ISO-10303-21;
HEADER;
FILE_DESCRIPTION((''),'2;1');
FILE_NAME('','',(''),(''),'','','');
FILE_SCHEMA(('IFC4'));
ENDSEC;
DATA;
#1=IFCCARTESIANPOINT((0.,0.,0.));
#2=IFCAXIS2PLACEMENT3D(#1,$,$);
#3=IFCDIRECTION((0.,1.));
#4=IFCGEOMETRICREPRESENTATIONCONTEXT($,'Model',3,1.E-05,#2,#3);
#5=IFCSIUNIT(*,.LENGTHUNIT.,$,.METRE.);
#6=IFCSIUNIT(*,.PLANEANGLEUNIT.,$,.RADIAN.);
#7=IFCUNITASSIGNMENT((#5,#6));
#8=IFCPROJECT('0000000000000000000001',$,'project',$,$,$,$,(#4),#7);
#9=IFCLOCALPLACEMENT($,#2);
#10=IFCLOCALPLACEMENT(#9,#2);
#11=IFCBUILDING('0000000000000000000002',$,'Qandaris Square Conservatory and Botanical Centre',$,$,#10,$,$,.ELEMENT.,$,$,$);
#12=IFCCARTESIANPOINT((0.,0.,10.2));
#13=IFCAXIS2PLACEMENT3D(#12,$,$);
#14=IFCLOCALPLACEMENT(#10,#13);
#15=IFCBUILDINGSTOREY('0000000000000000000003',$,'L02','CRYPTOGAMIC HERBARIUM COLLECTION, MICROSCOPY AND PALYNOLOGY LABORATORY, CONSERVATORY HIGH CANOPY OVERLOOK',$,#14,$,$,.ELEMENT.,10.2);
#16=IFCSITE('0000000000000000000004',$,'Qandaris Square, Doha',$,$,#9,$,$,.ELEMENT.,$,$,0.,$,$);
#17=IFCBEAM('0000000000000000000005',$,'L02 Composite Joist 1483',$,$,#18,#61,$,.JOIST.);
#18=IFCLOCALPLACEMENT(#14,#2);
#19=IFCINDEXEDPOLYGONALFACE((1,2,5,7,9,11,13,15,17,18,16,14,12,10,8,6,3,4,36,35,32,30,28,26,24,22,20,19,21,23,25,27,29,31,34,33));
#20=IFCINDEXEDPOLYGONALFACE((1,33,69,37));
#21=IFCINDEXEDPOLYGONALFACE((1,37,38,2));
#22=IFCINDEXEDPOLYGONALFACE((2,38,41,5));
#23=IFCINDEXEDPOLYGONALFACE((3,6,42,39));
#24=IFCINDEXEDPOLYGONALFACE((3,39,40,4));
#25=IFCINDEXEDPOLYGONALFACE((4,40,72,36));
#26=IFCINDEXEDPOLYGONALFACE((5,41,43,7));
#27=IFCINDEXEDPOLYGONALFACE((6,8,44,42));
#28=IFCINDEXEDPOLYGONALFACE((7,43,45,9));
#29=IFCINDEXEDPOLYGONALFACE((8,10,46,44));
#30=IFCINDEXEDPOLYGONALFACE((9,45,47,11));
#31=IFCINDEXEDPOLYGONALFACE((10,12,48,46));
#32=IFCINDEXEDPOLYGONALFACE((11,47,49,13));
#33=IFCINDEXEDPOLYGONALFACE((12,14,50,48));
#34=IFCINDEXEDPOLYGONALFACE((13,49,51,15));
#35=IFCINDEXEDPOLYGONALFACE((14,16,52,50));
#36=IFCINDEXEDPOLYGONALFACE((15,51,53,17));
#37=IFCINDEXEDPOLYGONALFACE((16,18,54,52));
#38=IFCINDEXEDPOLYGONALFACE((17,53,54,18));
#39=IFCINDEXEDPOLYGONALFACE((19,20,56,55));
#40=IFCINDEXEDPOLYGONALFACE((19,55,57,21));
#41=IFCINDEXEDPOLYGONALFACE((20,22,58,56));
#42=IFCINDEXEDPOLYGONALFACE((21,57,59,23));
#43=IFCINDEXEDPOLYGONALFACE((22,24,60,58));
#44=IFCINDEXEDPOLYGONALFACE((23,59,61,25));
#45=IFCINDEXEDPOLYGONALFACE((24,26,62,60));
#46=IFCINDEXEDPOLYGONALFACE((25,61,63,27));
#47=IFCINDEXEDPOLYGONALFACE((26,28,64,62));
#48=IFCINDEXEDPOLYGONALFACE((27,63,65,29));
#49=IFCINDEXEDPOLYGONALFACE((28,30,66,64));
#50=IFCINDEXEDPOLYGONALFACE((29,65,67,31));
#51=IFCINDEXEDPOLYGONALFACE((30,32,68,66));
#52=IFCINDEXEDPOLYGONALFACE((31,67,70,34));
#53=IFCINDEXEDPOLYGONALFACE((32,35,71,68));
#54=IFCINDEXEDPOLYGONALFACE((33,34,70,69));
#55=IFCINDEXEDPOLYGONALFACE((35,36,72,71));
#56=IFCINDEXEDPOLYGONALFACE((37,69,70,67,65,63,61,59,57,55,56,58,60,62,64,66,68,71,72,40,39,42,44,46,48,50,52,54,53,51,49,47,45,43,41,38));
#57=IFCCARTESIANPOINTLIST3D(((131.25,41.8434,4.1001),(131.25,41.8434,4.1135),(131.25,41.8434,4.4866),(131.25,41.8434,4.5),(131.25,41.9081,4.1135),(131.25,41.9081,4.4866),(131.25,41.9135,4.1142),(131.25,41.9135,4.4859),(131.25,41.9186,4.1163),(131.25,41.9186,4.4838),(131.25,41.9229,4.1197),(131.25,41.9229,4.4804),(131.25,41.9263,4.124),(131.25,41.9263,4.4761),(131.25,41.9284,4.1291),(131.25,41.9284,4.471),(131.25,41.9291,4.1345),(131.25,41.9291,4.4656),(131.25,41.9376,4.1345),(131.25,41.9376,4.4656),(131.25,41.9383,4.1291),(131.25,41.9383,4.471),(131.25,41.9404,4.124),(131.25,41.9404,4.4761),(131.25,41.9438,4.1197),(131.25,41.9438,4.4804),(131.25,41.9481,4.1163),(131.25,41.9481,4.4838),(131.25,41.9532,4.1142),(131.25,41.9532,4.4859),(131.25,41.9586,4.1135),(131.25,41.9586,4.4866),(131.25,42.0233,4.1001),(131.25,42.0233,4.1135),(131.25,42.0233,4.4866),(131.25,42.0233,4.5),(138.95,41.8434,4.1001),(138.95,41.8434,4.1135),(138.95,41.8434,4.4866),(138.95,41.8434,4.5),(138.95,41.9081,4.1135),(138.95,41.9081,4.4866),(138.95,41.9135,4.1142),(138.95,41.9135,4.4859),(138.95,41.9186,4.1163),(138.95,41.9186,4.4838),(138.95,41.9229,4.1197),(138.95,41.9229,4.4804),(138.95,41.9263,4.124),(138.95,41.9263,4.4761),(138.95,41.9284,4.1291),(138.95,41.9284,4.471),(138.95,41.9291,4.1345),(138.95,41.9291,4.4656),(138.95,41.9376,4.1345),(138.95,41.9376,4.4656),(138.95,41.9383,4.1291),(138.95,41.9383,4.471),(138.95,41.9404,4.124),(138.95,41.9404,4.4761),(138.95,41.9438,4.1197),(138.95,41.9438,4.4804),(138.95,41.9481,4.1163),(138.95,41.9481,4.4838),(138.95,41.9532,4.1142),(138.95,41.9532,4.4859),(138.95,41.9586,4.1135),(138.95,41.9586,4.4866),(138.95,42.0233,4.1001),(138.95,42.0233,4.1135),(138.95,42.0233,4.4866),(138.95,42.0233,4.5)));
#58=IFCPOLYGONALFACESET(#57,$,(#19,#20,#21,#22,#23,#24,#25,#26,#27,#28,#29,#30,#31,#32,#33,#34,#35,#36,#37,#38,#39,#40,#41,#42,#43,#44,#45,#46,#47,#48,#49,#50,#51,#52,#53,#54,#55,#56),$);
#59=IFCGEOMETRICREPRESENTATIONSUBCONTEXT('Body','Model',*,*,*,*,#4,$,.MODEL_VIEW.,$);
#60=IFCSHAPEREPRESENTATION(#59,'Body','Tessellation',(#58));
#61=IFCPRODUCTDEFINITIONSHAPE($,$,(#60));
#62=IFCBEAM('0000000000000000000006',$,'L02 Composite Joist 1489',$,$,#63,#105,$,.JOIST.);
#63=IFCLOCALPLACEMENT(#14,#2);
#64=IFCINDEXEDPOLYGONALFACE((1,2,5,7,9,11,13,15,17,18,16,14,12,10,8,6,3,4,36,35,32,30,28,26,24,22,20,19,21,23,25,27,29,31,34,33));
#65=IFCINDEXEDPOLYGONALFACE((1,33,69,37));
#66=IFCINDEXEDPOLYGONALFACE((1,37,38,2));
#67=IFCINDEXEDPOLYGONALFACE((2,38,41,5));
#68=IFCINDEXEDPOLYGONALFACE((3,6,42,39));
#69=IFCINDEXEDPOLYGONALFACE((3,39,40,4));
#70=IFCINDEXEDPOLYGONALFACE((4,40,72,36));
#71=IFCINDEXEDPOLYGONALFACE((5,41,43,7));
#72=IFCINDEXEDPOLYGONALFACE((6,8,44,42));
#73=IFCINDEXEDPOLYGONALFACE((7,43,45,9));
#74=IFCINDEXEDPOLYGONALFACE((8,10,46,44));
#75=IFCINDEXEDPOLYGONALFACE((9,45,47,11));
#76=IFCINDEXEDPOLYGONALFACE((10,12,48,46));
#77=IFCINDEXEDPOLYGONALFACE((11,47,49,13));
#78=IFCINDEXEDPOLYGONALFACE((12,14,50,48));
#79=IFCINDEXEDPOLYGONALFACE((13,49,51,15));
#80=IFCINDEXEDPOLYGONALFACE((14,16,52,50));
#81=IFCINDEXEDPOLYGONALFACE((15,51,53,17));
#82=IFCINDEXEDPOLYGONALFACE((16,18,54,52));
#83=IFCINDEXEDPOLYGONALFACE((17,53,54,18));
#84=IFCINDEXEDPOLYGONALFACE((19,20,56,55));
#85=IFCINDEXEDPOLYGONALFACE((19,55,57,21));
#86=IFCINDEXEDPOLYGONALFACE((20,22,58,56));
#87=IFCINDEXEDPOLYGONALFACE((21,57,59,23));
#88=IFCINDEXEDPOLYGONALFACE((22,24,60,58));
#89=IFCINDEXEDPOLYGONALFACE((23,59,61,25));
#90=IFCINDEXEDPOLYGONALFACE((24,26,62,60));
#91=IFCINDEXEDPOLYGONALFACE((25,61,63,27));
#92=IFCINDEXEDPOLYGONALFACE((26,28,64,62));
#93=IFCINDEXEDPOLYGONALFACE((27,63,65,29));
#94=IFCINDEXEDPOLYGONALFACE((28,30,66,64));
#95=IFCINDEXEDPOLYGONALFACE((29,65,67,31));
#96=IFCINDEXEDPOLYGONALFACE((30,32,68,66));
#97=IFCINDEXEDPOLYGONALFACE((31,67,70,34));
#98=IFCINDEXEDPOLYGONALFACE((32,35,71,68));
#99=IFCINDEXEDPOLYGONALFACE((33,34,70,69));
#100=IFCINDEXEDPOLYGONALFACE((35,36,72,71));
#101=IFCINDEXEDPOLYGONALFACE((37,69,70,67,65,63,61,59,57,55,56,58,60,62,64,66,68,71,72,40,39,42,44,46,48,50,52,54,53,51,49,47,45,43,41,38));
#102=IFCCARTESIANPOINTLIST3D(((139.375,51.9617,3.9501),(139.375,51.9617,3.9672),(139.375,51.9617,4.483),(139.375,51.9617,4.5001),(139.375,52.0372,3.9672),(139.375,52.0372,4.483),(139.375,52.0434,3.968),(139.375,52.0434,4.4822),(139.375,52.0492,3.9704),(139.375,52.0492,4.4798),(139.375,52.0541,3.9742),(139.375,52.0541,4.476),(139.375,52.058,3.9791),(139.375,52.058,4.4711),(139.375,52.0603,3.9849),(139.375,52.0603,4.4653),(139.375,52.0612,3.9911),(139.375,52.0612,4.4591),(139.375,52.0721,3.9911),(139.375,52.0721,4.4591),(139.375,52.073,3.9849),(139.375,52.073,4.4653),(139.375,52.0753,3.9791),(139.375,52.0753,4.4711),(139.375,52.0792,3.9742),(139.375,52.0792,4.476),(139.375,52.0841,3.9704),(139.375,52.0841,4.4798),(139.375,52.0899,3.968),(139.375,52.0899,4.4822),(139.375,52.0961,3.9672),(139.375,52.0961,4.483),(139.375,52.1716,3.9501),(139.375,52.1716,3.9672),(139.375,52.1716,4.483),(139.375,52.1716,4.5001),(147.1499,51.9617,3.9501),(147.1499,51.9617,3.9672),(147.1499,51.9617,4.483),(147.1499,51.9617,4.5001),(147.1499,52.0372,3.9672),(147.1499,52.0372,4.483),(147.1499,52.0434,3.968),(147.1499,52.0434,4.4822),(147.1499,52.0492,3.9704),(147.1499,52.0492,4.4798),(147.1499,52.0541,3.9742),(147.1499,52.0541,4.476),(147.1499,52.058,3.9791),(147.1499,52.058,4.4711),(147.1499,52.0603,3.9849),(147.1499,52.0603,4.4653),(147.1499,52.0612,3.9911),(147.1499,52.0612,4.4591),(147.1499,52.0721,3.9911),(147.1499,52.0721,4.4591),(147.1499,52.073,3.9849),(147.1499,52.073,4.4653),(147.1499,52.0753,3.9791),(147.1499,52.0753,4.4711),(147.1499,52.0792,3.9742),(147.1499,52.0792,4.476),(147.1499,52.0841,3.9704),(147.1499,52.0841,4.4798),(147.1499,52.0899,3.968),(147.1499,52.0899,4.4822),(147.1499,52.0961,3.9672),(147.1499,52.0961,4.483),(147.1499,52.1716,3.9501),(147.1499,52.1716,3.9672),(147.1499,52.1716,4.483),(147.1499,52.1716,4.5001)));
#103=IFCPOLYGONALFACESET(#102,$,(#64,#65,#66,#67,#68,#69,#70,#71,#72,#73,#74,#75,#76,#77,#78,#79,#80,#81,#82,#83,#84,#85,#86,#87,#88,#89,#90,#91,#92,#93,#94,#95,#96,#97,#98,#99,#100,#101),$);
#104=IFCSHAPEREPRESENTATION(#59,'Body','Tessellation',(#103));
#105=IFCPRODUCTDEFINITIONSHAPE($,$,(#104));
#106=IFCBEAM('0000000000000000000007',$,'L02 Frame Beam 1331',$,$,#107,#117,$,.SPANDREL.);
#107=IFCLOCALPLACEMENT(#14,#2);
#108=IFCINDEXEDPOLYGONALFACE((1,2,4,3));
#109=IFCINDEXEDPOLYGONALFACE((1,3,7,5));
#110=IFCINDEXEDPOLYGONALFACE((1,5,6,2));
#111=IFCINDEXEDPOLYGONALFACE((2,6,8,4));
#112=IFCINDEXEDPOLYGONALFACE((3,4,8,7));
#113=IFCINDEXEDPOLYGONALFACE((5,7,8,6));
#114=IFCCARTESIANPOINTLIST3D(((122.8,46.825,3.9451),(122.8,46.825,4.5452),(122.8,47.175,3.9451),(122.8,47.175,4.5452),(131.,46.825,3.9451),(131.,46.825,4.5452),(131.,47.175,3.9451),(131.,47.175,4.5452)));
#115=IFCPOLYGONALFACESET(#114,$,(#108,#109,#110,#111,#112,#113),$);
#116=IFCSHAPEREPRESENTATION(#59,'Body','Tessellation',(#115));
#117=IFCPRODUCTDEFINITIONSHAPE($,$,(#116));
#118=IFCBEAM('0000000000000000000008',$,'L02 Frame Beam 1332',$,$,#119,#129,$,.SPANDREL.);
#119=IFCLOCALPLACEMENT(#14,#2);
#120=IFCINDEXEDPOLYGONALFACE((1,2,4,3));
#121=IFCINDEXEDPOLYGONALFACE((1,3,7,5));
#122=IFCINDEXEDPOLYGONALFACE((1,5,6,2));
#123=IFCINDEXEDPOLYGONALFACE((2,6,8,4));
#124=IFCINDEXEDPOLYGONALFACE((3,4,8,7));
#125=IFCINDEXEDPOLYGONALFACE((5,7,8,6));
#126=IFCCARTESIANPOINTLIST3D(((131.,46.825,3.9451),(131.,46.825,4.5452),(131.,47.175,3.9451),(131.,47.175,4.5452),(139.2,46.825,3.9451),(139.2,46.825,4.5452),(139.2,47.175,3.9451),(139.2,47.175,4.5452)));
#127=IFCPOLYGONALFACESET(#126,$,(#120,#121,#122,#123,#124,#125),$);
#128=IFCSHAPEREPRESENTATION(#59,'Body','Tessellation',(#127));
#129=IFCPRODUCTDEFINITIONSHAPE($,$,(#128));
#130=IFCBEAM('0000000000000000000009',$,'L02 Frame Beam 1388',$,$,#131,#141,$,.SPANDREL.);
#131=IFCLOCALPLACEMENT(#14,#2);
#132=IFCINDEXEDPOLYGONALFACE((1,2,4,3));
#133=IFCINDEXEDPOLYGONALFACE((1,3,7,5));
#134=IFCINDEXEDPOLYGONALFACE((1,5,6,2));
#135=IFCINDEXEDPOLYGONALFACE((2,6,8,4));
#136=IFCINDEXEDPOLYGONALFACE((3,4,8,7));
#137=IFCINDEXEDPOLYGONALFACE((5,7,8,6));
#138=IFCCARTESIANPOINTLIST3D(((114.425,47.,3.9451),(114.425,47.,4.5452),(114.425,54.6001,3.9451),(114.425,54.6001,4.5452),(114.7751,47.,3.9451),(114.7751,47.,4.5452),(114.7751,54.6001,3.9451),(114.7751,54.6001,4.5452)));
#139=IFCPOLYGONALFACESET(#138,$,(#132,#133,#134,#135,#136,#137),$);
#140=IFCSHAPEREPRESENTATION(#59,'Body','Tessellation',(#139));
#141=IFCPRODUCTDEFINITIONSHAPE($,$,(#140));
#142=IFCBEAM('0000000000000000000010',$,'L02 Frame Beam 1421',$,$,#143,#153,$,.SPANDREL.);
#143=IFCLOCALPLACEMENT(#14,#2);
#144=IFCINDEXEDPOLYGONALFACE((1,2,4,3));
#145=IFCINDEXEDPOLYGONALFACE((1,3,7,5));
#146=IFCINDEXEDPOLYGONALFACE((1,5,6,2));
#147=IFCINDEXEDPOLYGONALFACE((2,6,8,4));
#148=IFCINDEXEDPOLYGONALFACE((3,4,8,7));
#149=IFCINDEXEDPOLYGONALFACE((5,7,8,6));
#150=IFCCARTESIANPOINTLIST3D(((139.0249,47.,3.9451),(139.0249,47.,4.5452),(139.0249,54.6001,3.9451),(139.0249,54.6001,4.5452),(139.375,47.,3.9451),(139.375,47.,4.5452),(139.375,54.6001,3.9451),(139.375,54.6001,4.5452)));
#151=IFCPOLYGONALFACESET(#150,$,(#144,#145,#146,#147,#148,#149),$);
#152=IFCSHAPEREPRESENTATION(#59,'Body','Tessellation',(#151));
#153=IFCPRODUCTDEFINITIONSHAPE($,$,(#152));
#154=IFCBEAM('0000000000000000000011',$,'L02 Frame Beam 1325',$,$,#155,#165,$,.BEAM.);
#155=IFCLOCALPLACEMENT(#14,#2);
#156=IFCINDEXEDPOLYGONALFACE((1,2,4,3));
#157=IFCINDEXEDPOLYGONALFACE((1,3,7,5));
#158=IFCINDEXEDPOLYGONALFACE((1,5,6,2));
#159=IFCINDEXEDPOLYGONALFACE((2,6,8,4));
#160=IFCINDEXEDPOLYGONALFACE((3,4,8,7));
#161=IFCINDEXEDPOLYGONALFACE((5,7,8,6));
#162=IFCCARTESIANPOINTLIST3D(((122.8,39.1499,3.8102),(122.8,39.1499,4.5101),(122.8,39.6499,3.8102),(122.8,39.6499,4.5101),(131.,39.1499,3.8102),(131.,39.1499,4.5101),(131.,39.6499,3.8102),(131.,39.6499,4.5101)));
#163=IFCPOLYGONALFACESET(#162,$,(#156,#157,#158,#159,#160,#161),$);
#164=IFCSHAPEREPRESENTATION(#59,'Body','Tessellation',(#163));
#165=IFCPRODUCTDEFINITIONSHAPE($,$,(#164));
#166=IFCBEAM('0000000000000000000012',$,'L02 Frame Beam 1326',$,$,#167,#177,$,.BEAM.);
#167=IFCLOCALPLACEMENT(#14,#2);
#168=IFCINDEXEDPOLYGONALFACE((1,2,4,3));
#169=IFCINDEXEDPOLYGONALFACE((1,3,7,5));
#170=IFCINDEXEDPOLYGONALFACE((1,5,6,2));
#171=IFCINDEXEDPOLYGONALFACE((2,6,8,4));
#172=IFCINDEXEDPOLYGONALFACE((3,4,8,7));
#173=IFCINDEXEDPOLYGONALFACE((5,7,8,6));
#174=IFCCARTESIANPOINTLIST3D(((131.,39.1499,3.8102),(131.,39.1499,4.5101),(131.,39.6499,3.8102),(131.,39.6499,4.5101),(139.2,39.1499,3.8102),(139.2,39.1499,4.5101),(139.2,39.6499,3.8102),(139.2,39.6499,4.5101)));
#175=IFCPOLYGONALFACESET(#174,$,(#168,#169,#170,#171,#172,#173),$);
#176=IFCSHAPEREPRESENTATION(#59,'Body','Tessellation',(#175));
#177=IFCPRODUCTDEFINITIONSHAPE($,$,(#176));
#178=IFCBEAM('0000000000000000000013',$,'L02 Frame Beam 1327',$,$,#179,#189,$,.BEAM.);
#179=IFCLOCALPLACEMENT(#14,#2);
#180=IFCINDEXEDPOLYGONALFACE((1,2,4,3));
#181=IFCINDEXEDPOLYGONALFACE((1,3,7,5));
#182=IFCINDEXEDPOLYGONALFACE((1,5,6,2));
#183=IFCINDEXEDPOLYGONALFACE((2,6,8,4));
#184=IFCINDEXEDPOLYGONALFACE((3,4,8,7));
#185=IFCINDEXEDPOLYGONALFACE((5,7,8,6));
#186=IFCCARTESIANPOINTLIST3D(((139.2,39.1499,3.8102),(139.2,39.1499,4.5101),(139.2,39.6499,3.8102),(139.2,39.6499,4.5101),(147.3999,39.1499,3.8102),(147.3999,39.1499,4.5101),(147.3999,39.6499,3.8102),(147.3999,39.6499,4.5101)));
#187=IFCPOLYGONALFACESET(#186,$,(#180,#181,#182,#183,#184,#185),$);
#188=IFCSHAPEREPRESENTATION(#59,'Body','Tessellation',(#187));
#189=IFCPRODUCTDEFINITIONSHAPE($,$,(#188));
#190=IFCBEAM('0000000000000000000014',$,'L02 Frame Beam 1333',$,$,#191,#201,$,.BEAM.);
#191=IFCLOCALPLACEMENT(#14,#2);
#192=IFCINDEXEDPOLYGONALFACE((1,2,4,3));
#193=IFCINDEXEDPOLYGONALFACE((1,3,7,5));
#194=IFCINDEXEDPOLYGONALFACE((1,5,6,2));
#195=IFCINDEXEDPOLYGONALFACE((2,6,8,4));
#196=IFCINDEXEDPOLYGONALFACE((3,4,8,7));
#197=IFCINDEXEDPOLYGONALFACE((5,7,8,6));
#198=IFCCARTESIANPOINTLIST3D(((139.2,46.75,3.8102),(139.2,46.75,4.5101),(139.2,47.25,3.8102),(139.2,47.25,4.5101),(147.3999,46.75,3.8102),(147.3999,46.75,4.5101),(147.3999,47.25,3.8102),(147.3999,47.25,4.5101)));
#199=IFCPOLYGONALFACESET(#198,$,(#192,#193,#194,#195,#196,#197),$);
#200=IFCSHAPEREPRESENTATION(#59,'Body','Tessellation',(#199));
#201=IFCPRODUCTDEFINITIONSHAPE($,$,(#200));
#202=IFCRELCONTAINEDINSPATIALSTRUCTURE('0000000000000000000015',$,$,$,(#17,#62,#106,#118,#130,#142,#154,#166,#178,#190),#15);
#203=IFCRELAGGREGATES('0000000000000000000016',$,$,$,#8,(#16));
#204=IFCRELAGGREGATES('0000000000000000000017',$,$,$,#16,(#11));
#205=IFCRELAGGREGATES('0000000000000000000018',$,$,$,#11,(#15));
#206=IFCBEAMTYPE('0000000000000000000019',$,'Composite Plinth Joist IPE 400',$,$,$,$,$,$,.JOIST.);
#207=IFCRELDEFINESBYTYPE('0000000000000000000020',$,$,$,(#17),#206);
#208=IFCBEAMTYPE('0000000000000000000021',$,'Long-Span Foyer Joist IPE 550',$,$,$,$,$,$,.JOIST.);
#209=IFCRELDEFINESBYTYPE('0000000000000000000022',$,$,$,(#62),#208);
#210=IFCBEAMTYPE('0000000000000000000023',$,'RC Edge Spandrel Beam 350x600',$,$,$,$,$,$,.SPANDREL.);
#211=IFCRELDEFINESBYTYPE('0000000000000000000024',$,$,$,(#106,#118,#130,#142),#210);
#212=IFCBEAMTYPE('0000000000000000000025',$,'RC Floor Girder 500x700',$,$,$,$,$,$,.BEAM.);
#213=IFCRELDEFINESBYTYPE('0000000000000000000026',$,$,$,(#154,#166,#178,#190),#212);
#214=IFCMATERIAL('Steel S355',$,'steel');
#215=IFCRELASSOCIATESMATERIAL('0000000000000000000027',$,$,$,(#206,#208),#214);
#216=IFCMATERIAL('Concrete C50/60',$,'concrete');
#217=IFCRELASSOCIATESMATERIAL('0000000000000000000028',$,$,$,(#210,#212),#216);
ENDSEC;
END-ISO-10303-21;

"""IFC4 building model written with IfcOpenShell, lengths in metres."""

from ifc_helpers import new_model, si_unit, direction, frame, origin, origin_2d, place, context, subcontext, project, spatial, rectangle, i_section, extrude, material, material_profile, profile_set, type_object, element, save


model = new_model("IFC4")

# Units and contexts
model_context = context("Model", 3, precision=1e-05, world=origin(), true_north=direction((0.0, 1.0)))
body_context = subcontext(model_context, "Body", "Model", "MODEL_VIEW")
ifc_project = project(units=[si_unit("LENGTHUNIT", "METRE"), si_unit("PLANEANGLEUNIT", "RADIAN")], contexts=[model_context])

# Site, building, storey
site_placement = place(None, origin())
site = spatial("IfcSite", under=ifc_project, at=site_placement, Name="Qandaris Square, Doha", CompositionType="ELEMENT", RefElevation=0.0)
building_placement = place(site_placement, origin())
building = spatial("IfcBuilding", under=site, at=building_placement, Name="Qandaris Square Conservatory and Botanical Centre", CompositionType="ELEMENT")
storey_placement = place(building_placement, frame((0.0, 0.0, 10.2)))
storey = spatial("IfcBuildingStorey", under=building, at=storey_placement, Name="L02", Description="CRYPTOGAMIC HERBARIUM COLLECTION, MICROSCOPY AND PALYNOLOGY LABORATORY, CONSERVATORY HIGH CANOPY OVERLOOK", CompositionType="ELEMENT", Elevation=10.2)

# Shared definitions
ifc_material_1 = material(Name="Concrete C50/60", Category="concrete")

# Beams
ifc_material_2 = material(Name="Steel S355", Category="steel")
ifc_material_profile_1 = material_profile(ifc_material_2, i_section(OverallWidth=0.1799, OverallDepth=0.3999, WebThickness=0.0085, FlangeThickness=0.0134, FilletRadius=0.021, at=origin_2d()), Name="IPE 400")
ifc_profile_set_1 = profile_set([ifc_material_profile_1], Name="Steel S355")
beam_type_1 = type_object("IfcBeamType", Name="Composite Plinth Joist IPE 400", PredefinedType="JOIST", material=ifc_profile_set_1)
for number, where, z_axis, x_axis, name in (
    (1, (131.25, 41.9333, 4.3), (1.0, 0.0, 0.0), (0.0, 1.0, 0.0), "L02 Composite Joist 1483"),
):
    element("IfcBeam", number, at=place(storey_placement, frame(where, z_axis=z_axis, x_axis=x_axis)), inside=storey, type_object=beam_type_1, Name=name, PredefinedType="JOIST", context=body_context, shape_type="SweptSolid", body=[
        extrude(i_section(OverallWidth=0.1799, OverallDepth=0.3999, WebThickness=0.0085, FlangeThickness=0.0134, FilletRadius=0.021, at=origin_2d()), origin(), (0.0, 0.0, 1.0), 7.7),
    ])
ifc_material_profile_2 = material_profile(ifc_material_2, i_section(OverallWidth=0.21, OverallDepth=0.55, WebThickness=0.011, FlangeThickness=0.0171, FilletRadius=0.0239, at=origin_2d()), Name="IPE 550")
ifc_profile_set_2 = profile_set([ifc_material_profile_2], Name="Steel S355")
beam_type_2 = type_object("IfcBeamType", Name="Long-Span Foyer Joist IPE 550", PredefinedType="JOIST", material=ifc_profile_set_2)
beam_1_placement = place(storey_placement, frame((139.375, 52.0667, 4.2251), z_axis=(1.0, 0.0, 0.0), x_axis=(0.0, 1.0, 0.0)))
element("IfcBeam", 2, at=beam_1_placement, inside=storey, type_object=beam_type_2, Name="L02 Composite Joist 1489", PredefinedType="JOIST", context=body_context, shape_type="SweptSolid", body=[
    extrude(i_section(OverallWidth=0.21, OverallDepth=0.55, WebThickness=0.011, FlangeThickness=0.0171, FilletRadius=0.0239, at=origin_2d()), origin(), (0.0, 0.0, 1.0), 7.7749),
])
ifc_material_profile_3 = material_profile(ifc_material_1, rectangle(XDim=0.3501, YDim=0.6001, at=origin_2d()), Name="RC-SP 350x600")
ifc_profile_set_3 = profile_set([ifc_material_profile_3], Name="Concrete C50/60")
beam_type_3 = type_object("IfcBeamType", Name="RC Edge Spandrel Beam 350x600", PredefinedType="SPANDREL", material=ifc_profile_set_3)
for number, where, z_axis, x_axis, name in (
    (3, (122.8, 47.0, 4.2451), (1.0, 0.0, 0.0), (0.0, 1.0, 0.0), "L02 Frame Beam 1331"),
    (4, (131.0, 47.0, 4.2451), (1.0, 0.0, 0.0), (0.0, 1.0, 0.0), "L02 Frame Beam 1332"),
):
    element("IfcBeam", number, at=place(storey_placement, frame(where, z_axis=z_axis, x_axis=x_axis)), inside=storey, type_object=beam_type_3, Name=name, PredefinedType="SPANDREL", context=body_context, shape_type="SweptSolid", body=[
        extrude(rectangle(XDim=0.3501, YDim=0.6001, at=origin_2d()), origin(), (0.0, 0.0, 1.0), 8.2),
    ])
for number, where, z_axis, x_axis, name in (
    (5, (114.6001, 47.0, 4.2451), (0.0, 1.0, 0.0), (-1.0, 0.0, 0.0), "L02 Frame Beam 1388"),
    (6, (139.2, 47.0, 4.2451), (0.0, 1.0, 0.0), (-1.0, 0.0, 0.0), "L02 Frame Beam 1421"),
):
    element("IfcBeam", number, at=place(storey_placement, frame(where, z_axis=z_axis, x_axis=x_axis)), inside=storey, type_object=beam_type_3, Name=name, PredefinedType="SPANDREL", context=body_context, shape_type="SweptSolid", body=[
        extrude(rectangle(XDim=0.3501, YDim=0.6001, at=origin_2d()), origin(), (0.0, 0.0, 1.0), 7.6001),
    ])
ifc_material_profile_4 = material_profile(ifc_material_1, rectangle(XDim=0.5, YDim=0.7, at=origin_2d()), Name="RC-BM 500x700")
ifc_profile_set_4 = profile_set([ifc_material_profile_4], Name="Concrete C50/60")
beam_type_4 = type_object("IfcBeamType", Name="RC Floor Girder 500x700", PredefinedType="BEAM", material=ifc_profile_set_4)
for number, where, z_axis, x_axis, name in (
    (7, (122.8, 39.3999, 4.1602), (1.0, 0.0, 0.0), (0.0, 1.0, 0.0), "L02 Frame Beam 1325"),
    (8, (131.0, 39.3999, 4.1602), (1.0, 0.0, 0.0), (0.0, 1.0, 0.0), "L02 Frame Beam 1326"),
    (9, (139.2, 39.3999, 4.1602), (1.0, 0.0, 0.0), (0.0, 1.0, 0.0), "L02 Frame Beam 1327"),
    (10, (139.2, 47.0, 4.1602), (1.0, 0.0, 0.0), (0.0, 1.0, 0.0), "L02 Frame Beam 1333"),
):
    element("IfcBeam", number, at=place(storey_placement, frame(where, z_axis=z_axis, x_axis=x_axis)), inside=storey, type_object=beam_type_4, Name=name, PredefinedType="BEAM", context=body_context, shape_type="SweptSolid", body=[
        extrude(rectangle(XDim=0.5, YDim=0.7, at=origin_2d()), origin(), (0.0, 0.0, 1.0), 8.2),
    ])

save(model, "model.ifc")
